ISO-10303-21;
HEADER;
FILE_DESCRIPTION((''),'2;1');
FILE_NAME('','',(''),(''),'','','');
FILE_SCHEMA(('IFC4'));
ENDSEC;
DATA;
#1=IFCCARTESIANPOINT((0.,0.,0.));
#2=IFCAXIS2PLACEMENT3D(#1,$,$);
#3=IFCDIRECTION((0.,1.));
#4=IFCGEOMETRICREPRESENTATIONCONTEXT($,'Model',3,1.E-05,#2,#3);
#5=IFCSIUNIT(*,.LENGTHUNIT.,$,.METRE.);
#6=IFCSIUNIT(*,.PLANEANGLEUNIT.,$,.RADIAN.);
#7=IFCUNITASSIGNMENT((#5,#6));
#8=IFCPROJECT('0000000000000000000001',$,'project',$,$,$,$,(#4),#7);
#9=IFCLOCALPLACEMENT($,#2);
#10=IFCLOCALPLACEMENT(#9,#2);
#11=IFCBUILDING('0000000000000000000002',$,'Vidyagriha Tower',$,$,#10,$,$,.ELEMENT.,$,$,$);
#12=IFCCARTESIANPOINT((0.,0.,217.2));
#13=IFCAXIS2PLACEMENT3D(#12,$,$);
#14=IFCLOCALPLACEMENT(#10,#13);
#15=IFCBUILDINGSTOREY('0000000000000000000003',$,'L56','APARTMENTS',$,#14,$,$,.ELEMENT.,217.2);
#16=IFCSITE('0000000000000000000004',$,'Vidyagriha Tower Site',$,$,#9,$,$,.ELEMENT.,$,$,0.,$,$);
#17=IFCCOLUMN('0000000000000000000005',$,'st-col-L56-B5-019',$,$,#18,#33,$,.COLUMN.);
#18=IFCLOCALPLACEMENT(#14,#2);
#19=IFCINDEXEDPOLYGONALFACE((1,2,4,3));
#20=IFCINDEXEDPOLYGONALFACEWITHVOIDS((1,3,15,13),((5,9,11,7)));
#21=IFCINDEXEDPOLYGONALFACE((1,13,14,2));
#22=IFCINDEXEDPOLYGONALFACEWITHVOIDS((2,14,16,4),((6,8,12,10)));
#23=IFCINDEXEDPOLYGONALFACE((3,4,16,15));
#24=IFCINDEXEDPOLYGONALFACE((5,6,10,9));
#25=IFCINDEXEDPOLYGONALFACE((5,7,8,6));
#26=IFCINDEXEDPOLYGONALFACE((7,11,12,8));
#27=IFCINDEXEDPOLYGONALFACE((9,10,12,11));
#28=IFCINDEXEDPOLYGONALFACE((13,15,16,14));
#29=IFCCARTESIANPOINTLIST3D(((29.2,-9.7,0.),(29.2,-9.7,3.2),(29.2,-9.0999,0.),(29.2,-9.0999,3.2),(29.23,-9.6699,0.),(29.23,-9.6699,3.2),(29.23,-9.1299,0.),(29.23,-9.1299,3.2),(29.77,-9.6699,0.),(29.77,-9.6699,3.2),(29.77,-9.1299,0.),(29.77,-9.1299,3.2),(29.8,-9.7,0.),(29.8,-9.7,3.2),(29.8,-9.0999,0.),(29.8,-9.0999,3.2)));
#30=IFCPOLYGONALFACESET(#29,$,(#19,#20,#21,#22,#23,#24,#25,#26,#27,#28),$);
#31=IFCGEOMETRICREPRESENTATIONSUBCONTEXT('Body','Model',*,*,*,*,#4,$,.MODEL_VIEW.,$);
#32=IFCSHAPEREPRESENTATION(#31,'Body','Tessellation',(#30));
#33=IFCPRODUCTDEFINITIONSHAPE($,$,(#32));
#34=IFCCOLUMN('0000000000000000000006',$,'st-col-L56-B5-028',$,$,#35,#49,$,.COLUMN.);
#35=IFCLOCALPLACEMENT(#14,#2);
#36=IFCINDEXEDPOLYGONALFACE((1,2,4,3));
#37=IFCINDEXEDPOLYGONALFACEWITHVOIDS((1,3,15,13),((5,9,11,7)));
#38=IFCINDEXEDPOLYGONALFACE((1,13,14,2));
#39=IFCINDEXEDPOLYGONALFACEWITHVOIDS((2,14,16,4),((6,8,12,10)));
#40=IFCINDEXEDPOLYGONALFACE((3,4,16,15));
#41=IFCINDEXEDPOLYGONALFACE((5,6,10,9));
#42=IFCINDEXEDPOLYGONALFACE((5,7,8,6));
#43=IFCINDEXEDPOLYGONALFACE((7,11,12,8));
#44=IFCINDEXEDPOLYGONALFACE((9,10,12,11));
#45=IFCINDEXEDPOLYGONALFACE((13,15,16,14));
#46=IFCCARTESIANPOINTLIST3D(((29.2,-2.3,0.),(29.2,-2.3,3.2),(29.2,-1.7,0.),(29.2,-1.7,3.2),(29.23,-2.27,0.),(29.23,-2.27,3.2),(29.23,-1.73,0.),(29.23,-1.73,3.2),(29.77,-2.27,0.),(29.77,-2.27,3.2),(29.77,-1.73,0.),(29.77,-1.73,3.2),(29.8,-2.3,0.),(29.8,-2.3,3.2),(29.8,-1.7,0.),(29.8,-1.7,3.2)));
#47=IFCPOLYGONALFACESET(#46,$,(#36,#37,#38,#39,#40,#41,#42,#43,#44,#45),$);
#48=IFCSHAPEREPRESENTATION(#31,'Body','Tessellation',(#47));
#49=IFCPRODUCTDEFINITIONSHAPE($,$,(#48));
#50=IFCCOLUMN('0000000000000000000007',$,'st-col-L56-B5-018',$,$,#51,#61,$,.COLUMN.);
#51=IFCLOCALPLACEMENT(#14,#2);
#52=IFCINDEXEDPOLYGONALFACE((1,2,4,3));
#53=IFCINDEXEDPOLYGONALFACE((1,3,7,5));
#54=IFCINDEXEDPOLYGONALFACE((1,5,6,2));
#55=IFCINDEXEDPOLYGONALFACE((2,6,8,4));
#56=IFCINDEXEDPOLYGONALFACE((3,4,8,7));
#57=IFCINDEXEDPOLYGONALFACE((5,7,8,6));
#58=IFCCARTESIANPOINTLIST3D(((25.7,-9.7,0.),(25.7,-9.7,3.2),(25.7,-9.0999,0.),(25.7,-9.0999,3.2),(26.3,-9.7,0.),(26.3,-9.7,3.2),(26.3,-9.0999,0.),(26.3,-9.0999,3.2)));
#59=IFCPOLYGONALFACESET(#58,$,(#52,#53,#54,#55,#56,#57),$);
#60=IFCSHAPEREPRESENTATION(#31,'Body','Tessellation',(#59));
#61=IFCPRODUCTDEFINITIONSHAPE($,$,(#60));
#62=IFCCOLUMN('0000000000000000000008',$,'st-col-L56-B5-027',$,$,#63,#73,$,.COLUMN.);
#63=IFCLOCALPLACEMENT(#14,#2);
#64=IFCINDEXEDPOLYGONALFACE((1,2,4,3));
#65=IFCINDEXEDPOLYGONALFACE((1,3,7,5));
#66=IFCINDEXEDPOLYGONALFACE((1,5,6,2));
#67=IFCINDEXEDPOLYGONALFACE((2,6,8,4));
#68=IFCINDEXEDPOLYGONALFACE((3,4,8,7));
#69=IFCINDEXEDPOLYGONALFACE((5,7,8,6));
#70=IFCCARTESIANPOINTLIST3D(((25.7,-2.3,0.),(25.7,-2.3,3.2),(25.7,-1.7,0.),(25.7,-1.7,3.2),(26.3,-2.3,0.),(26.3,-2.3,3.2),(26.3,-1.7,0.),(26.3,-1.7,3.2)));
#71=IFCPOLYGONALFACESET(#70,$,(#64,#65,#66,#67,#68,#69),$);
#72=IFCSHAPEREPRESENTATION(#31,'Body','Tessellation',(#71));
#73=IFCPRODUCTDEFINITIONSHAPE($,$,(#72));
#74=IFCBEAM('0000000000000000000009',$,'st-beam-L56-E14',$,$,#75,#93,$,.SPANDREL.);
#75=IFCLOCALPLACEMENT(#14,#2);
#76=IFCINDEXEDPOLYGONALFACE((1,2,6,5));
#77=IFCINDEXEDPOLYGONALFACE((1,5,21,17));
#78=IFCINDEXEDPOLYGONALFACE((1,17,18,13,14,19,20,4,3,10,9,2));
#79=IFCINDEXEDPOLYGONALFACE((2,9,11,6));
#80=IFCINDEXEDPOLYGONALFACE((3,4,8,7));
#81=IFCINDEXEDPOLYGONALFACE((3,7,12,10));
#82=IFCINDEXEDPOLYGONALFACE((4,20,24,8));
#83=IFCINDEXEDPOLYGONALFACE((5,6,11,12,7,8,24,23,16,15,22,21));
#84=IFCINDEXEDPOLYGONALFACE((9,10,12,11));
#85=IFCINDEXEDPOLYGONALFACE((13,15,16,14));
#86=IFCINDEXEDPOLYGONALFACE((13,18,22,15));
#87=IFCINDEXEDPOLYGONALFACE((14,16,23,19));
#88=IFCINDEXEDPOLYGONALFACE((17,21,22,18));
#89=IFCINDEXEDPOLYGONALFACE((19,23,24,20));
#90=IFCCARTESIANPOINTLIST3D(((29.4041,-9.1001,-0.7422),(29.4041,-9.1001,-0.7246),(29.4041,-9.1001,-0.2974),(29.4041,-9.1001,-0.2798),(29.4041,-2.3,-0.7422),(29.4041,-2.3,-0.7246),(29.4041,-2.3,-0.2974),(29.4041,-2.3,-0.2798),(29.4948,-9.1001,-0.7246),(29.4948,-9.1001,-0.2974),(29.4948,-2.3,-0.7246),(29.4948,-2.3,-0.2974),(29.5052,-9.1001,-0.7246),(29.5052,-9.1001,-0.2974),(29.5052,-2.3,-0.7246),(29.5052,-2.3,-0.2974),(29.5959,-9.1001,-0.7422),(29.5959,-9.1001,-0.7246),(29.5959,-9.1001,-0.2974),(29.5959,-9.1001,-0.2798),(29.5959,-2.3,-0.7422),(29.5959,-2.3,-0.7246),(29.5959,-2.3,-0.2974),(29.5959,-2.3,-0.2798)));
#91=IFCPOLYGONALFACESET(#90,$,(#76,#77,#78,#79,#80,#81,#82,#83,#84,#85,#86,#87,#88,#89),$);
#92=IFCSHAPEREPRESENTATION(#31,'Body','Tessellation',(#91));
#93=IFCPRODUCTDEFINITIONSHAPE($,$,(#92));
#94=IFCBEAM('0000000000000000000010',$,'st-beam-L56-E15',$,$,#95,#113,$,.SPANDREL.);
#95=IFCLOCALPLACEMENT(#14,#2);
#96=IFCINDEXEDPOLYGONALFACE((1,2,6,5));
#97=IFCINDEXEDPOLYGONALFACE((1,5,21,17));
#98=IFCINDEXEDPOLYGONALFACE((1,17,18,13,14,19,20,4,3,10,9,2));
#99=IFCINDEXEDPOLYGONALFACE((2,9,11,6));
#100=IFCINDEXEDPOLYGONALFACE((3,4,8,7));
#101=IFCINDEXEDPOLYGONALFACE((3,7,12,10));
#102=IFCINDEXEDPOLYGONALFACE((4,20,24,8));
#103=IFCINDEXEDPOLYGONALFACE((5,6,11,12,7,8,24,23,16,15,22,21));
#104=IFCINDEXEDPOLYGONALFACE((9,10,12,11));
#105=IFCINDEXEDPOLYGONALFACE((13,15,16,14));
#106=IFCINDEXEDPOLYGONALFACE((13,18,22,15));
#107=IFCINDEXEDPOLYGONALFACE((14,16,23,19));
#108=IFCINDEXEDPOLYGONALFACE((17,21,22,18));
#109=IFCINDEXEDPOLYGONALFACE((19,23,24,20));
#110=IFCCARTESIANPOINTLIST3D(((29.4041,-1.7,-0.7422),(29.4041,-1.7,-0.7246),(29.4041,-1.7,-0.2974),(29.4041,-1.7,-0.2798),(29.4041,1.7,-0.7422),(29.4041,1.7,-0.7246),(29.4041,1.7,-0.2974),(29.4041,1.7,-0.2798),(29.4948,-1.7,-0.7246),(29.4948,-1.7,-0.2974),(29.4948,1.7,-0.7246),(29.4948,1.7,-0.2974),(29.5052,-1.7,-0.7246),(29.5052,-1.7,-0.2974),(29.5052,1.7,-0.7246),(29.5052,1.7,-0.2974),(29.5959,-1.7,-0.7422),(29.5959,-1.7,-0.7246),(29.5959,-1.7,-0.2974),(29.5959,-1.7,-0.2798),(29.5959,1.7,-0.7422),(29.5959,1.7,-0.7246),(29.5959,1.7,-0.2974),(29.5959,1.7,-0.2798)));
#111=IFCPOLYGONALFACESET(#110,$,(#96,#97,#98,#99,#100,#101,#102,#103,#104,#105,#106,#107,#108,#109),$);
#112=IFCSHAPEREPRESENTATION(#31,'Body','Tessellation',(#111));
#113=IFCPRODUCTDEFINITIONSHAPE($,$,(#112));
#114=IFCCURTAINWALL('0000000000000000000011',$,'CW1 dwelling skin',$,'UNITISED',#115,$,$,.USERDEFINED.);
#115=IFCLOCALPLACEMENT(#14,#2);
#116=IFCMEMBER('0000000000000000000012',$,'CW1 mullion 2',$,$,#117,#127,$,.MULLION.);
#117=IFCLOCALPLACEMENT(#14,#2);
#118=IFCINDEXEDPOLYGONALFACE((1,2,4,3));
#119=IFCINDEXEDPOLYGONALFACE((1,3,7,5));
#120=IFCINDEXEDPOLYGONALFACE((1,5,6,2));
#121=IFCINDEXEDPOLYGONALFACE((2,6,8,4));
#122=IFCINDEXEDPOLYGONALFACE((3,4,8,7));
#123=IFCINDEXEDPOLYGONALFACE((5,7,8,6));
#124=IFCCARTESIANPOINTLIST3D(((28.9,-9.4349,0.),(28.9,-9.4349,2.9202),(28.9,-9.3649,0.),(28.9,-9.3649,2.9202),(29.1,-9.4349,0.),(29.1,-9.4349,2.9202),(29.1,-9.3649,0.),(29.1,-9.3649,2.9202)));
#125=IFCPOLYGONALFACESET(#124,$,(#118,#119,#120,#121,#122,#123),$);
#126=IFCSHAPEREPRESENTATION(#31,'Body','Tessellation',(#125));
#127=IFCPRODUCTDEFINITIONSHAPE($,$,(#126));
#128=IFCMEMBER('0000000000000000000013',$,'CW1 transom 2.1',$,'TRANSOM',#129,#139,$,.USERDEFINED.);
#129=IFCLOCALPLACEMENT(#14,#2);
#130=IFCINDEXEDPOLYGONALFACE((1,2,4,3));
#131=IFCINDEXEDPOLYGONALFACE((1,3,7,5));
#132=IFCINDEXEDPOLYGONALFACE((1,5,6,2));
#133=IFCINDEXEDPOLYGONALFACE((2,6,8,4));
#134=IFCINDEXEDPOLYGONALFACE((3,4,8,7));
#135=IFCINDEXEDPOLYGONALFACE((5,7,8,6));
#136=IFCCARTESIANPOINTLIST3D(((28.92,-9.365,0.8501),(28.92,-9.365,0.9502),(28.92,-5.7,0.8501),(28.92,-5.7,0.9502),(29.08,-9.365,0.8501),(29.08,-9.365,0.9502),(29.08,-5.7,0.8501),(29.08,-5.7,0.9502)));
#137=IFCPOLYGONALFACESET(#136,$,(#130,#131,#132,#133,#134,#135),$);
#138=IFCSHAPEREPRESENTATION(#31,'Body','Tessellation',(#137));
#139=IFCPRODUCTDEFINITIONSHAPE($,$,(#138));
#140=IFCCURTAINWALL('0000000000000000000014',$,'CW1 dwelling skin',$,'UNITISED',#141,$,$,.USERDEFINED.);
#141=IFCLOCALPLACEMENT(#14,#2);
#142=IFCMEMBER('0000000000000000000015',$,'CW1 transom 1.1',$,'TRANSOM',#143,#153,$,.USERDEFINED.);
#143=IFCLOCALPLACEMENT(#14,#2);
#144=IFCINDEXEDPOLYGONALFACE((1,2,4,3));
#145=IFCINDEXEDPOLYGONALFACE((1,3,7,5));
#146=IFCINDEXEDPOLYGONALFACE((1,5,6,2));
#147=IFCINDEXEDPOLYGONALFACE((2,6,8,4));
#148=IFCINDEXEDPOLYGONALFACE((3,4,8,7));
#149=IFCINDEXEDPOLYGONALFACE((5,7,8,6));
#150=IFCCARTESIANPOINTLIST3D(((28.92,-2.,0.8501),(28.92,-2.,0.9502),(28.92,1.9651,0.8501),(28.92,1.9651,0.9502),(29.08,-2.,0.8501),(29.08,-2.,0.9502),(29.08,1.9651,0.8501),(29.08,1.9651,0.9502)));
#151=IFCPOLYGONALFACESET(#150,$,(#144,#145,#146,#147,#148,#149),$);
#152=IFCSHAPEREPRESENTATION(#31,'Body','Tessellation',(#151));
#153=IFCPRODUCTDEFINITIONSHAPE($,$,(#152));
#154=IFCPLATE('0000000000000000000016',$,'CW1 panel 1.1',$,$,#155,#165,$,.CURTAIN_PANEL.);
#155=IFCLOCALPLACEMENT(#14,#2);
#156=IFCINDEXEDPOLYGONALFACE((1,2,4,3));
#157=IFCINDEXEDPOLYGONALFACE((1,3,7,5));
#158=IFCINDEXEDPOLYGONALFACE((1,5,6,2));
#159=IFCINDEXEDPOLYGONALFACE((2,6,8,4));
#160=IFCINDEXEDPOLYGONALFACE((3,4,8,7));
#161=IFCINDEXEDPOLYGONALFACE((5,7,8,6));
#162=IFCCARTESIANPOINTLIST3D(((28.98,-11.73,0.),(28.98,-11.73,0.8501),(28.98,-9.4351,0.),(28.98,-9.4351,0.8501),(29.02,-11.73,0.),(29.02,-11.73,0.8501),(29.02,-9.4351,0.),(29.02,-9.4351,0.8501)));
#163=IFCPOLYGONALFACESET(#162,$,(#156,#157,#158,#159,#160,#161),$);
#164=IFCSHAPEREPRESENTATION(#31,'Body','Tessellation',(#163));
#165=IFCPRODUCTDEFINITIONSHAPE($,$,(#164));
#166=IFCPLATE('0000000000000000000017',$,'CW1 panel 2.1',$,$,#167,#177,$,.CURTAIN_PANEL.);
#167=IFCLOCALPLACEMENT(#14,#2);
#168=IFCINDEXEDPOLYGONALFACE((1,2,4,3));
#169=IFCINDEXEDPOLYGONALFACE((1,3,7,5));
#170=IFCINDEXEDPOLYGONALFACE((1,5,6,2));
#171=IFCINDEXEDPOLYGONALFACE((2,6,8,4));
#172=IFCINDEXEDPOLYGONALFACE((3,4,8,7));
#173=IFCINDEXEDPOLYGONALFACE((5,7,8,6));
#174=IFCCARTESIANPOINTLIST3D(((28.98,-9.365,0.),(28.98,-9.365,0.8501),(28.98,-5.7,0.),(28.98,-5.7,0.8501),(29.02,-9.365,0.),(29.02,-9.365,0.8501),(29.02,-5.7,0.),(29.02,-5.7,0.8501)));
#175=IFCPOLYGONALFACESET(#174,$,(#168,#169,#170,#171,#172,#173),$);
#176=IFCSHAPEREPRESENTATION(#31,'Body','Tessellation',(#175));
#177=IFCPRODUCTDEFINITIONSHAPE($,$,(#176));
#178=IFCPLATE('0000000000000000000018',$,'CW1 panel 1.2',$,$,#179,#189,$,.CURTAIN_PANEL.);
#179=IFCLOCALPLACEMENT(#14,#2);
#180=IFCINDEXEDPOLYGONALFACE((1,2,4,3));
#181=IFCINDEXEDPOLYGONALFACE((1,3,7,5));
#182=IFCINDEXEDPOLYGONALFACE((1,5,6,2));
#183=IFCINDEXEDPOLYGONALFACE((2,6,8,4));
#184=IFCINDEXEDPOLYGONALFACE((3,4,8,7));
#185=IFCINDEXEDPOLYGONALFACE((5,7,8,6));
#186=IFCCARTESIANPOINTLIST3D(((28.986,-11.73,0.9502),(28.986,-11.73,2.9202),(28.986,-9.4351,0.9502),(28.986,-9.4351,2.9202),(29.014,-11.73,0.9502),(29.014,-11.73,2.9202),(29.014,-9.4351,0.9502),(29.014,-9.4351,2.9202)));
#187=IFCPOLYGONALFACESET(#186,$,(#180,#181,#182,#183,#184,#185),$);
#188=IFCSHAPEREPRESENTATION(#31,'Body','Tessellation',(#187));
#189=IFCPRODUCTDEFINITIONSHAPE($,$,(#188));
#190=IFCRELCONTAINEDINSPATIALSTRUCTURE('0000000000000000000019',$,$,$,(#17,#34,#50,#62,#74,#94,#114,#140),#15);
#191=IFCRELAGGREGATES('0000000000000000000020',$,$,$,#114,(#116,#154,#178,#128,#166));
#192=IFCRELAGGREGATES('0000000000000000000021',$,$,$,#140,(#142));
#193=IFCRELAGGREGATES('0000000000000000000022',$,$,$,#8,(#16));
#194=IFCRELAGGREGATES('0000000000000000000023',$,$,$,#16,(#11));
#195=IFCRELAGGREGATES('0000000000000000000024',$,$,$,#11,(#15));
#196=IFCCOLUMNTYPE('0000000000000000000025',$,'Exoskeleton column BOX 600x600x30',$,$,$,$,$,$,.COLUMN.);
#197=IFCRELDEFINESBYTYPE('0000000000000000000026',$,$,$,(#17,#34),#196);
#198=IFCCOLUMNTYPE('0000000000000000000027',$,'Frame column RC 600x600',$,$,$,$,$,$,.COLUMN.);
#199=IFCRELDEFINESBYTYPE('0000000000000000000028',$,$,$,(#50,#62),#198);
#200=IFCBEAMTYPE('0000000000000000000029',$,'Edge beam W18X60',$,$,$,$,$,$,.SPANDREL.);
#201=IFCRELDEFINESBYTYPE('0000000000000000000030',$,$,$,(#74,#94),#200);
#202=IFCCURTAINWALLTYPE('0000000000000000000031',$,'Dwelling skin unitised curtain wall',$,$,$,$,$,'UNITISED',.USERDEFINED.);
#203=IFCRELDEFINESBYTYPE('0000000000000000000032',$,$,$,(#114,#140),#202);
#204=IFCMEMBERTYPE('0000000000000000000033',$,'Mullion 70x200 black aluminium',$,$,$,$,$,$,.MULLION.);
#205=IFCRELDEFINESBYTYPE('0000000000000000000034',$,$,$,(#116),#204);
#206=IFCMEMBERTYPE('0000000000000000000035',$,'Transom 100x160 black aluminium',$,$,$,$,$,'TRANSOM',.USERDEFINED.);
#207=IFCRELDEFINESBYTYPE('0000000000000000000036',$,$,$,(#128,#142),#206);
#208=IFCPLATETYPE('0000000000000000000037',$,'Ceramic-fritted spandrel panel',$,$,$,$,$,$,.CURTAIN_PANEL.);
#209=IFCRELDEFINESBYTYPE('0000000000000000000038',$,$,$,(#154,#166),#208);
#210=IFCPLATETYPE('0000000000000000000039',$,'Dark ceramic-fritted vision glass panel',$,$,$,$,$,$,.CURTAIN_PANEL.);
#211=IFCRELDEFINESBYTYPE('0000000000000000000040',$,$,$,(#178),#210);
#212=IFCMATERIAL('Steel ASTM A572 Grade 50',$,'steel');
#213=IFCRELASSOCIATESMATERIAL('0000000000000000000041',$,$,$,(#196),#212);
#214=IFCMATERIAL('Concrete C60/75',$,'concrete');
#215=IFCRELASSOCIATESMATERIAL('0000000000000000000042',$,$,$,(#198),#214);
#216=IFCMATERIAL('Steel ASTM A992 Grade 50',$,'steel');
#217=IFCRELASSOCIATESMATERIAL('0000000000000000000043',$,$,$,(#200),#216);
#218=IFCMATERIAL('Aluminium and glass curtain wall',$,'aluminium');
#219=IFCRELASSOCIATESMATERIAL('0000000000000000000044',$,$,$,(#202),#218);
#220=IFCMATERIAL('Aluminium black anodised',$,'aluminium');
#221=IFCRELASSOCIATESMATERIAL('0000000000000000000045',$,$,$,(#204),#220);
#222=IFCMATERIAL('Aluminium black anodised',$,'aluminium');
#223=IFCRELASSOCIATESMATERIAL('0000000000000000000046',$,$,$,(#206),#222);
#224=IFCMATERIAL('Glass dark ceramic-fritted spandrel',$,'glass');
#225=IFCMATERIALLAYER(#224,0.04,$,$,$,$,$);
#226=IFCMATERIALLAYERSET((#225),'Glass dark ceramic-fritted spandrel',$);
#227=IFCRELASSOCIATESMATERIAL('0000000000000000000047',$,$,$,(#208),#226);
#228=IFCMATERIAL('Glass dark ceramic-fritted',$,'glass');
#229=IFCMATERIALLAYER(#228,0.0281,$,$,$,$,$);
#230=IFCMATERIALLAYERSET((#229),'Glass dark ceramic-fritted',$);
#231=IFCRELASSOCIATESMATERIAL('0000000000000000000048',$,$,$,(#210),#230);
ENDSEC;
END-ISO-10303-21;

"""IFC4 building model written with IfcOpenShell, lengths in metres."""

from ifc_helpers import new_model, si_unit, direction, frame, origin, origin_2d, place, context, subcontext, project, spatial, rectangle, hollow_rectangle, i_section, extrude, material, layer, layer_set, material_profile, profile_set, type_object, element, aggregate, save


model = new_model("IFC4")

# Units and contexts
model_context = context("Model", 3, precision=1e-05, world=origin(), true_north=direction((0.0, 1.0)))
body_context = subcontext(model_context, "Body", "Model", "MODEL_VIEW")
ifc_project = project(units=[si_unit("LENGTHUNIT", "METRE"), si_unit("PLANEANGLEUNIT", "RADIAN")], contexts=[model_context])

# Site, building, storey
site_placement = place(None, origin())
site = spatial("IfcSite", under=ifc_project, at=site_placement, Name="Vidyagriha Tower Site", CompositionType="ELEMENT", RefElevation=0.0)
building_placement = place(site_placement, origin())
building = spatial("IfcBuilding", under=site, at=building_placement, Name="Vidyagriha Tower", CompositionType="ELEMENT")
storey_placement = place(building_placement, frame((0.0, 0.0, 217.2)))
storey = spatial("IfcBuildingStorey", under=building, at=storey_placement, Name="L56", Description="APARTMENTS", CompositionType="ELEMENT", Elevation=217.2)

# Columns
ifc_material_1 = material(Name="Steel ASTM A572 Grade 50", Category="steel")
ifc_material_profile_1 = material_profile(ifc_material_1, hollow_rectangle(XDim=0.6001, YDim=0.6001, WallThickness=0.03, at=origin_2d()), Name="BOX 600x600x30")
ifc_profile_set_1 = profile_set([ifc_material_profile_1], Name="Steel ASTM A572 Grade 50")
column_type_1 = type_object("IfcColumnType", Name="Exoskeleton column BOX 600x600x30", PredefinedType="COLUMN", material=ifc_profile_set_1)
for number, where, name in (
    (1, (29.5, -9.3999, 0.0), "st-col-L56-B5-019"),
    (2, (29.5, -2.0, 0.0), "st-col-L56-B5-028"),
):
    element("IfcColumn", number, at=place(storey_placement, frame(where)), inside=storey, type_object=column_type_1, Name=name, PredefinedType="COLUMN", context=body_context, shape_type="SweptSolid", body=[
        extrude(hollow_rectangle(XDim=0.6001, YDim=0.6001, WallThickness=0.03, at=origin_2d()), origin(), (0.0, 0.0, 1.0), 3.2),
    ])
ifc_material_2 = material(Name="Concrete C60/75", Category="concrete")
ifc_material_profile_2 = material_profile(ifc_material_2, rectangle(XDim=0.6001, YDim=0.6001, at=origin_2d()), Name="RC 600x600")
ifc_profile_set_2 = profile_set([ifc_material_profile_2], Name="Concrete C60/75")
column_type_2 = type_object("IfcColumnType", Name="Frame column RC 600x600", PredefinedType="COLUMN", material=ifc_profile_set_2)
for number, where, name in (
    (3, (26.0, -9.3999, 0.0), "st-col-L56-B5-018"),
    (4, (26.0, -2.0, 0.0), "st-col-L56-B5-027"),
):
    element("IfcColumn", number, at=place(storey_placement, frame(where)), inside=storey, type_object=column_type_2, Name=name, PredefinedType="COLUMN", context=body_context, shape_type="SweptSolid", body=[
        extrude(rectangle(XDim=0.6001, YDim=0.6001, at=origin_2d()), origin(), (0.0, 0.0, 1.0), 3.2),
    ])

# Beams
ifc_material_3 = material(Name="Steel ASTM A992 Grade 50", Category="steel")
ifc_material_profile_3 = material_profile(ifc_material_3, i_section(OverallWidth=0.1919, OverallDepth=0.4624, WebThickness=0.0105, FlangeThickness=0.0176, at=origin_2d()), Name="W18X60")
ifc_profile_set_3 = profile_set([ifc_material_profile_3], Name="Steel ASTM A992 Grade 50")
beam_type = type_object("IfcBeamType", Name="Edge beam W18X60", PredefinedType="SPANDREL", material=ifc_profile_set_3)
beam_1_placement = place(storey_placement, frame((29.5, -9.1001, -0.511), z_axis=(0.0, 1.0, 0.0), x_axis=(-1.0, 0.0, 0.0)))
element("IfcBeam", 5, at=beam_1_placement, inside=storey, type_object=beam_type, Name="st-beam-L56-E14", PredefinedType="SPANDREL", context=body_context, shape_type="SweptSolid", body=[
    extrude(i_section(OverallWidth=0.1919, OverallDepth=0.4624, WebThickness=0.0105, FlangeThickness=0.0176, at=origin_2d()), origin(), (0.0, 0.0, 1.0), 6.8),
])
beam_2_placement = place(storey_placement, frame((29.5, -1.7, -0.511), z_axis=(0.0, 1.0, 0.0), x_axis=(-1.0, 0.0, 0.0)))
element("IfcBeam", 6, at=beam_2_placement, inside=storey, type_object=beam_type, Name="st-beam-L56-E15", PredefinedType="SPANDREL", context=body_context, shape_type="SweptSolid", body=[
    extrude(i_section(OverallWidth=0.1919, OverallDepth=0.4624, WebThickness=0.0105, FlangeThickness=0.0176, at=origin_2d()), origin(), (0.0, 0.0, 1.0), 3.3999),
])

# Curtain wall, members
ifc_material_4 = material(Name="Aluminium and glass curtain wall", Category="aluminium")
curtain_wall_type = type_object("IfcCurtainWallType", Name="Dwelling skin unitised curtain wall", ElementType="UNITISED", PredefinedType="USERDEFINED", material=ifc_material_4)
curtain_wall_1_placement = place(storey_placement, origin())
curtain_wall_1 = element("IfcCurtainWall", 7, at=curtain_wall_1_placement, inside=storey, type_object=curtain_wall_type, Name="CW1 dwelling skin", ObjectType="UNITISED", PredefinedType="USERDEFINED")
ifc_material_5 = material(Name="Aluminium black anodised", Category="aluminium")
ifc_material_profile_4 = material_profile(ifc_material_5, rectangle(XDim=0.2, YDim=0.0701, at=origin_2d()), Name="Mullion 70x200 black aluminium")
ifc_profile_set_4 = profile_set([ifc_material_profile_4], Name="Aluminium black anodised")
member_type_1 = type_object("IfcMemberType", Name="Mullion 70x200 black aluminium", PredefinedType="MULLION", material=ifc_profile_set_4)
member_1_placement = place(storey_placement, frame((29.0, -9.3999, 0.0), z_axis=(0.0, 0.0, 1.0), x_axis=(-1.0, 0.0, 0.0)))
member_1 = element("IfcMember", 8, at=member_1_placement, type_object=member_type_1, Name="CW1 mullion 2", PredefinedType="MULLION", context=body_context, shape_type="SweptSolid", body=[
    extrude(rectangle(XDim=0.2, YDim=0.0701, at=origin_2d()), origin(), (0.0, 0.0, 1.0), 2.9202),
])
ifc_material_6 = material(Name="Aluminium black anodised", Category="aluminium")
ifc_material_profile_5 = material_profile(ifc_material_6, rectangle(XDim=0.1599, YDim=0.1001, at=origin_2d()), Name="Transom 100x160 black aluminium")
ifc_profile_set_5 = profile_set([ifc_material_profile_5], Name="Aluminium black anodised")
member_type_2 = type_object("IfcMemberType", Name="Transom 100x160 black aluminium", ElementType="TRANSOM", PredefinedType="USERDEFINED", material=ifc_profile_set_5)
member_2_placement = place(storey_placement, frame((29.0, -9.365, 0.9001), z_axis=(0.0, 1.0, 0.0), x_axis=(-1.0, 0.0, 0.0)))
member_2 = element("IfcMember", 9, at=member_2_placement, type_object=member_type_2, Name="CW1 transom 2.1", ObjectType="TRANSOM", PredefinedType="USERDEFINED", context=body_context, shape_type="SweptSolid", body=[
    extrude(rectangle(XDim=0.1599, YDim=0.1001, at=origin_2d()), origin(), (0.0, 0.0, 1.0), 3.665),
])

# Curtain wall, member
curtain_wall_2_placement = place(storey_placement, origin())
curtain_wall_2 = element("IfcCurtainWall", 10, at=curtain_wall_2_placement, inside=storey, type_object=curtain_wall_type, Name="CW1 dwelling skin", ObjectType="UNITISED", PredefinedType="USERDEFINED")
member_3_placement = place(storey_placement, frame((29.0, -2.0, 0.9001), z_axis=(0.0, 1.0, 0.0), x_axis=(-1.0, 0.0, 0.0)))
member_3 = element("IfcMember", 11, at=member_3_placement, type_object=member_type_2, Name="CW1 transom 1.1", ObjectType="TRANSOM", PredefinedType="USERDEFINED", context=body_context, shape_type="SweptSolid", body=[
    extrude(rectangle(XDim=0.1599, YDim=0.1001, at=origin_2d()), origin(), (0.0, 0.0, 1.0), 3.9651),
])

# Plates
ifc_material_7 = material(Name="Glass dark ceramic-fritted spandrel", Category="glass")
ifc_layer_1 = layer(ifc_material_7, 0.04)
ifc_layer_set_1 = layer_set([ifc_layer_1], Name="Glass dark ceramic-fritted spandrel")
plate_type_1 = type_object("IfcPlateType", Name="Ceramic-fritted spandrel panel", PredefinedType="CURTAIN_PANEL", material=ifc_layer_set_1)
plate_1_placement = place(storey_placement, frame((29.0, -10.5825, 0.0), z_axis=(0.0, 0.0, 1.0), x_axis=(0.0, 1.0, 0.0)))
plate_1 = element("IfcPlate", 12, at=plate_1_placement, type_object=plate_type_1, Name="CW1 panel 1.1", PredefinedType="CURTAIN_PANEL", context=body_context, shape_type="SweptSolid", body=[
    extrude(rectangle(XDim=2.2949, YDim=0.04, at=origin_2d()), origin(), (0.0, 0.0, 1.0), 0.8501),
])
plate_2_placement = place(storey_placement, frame((29.0, -7.5325, 0.0), z_axis=(0.0, 0.0, 1.0), x_axis=(0.0, 1.0, 0.0)))
plate_2 = element("IfcPlate", 13, at=plate_2_placement, type_object=plate_type_1, Name="CW1 panel 2.1", PredefinedType="CURTAIN_PANEL", context=body_context, shape_type="SweptSolid", body=[
    extrude(rectangle(XDim=3.665, YDim=0.04, at=origin_2d()), origin(), (0.0, 0.0, 1.0), 0.8501),
])
ifc_material_8 = material(Name="Glass dark ceramic-fritted", Category="glass")
ifc_layer_2 = layer(ifc_material_8, 0.0281)
ifc_layer_set_2 = layer_set([ifc_layer_2], Name="Glass dark ceramic-fritted")
plate_type_2 = type_object("IfcPlateType", Name="Dark ceramic-fritted vision glass panel", PredefinedType="CURTAIN_PANEL", material=ifc_layer_set_2)
plate_3_placement = place(storey_placement, frame((29.0, -10.5825, 0.9502), z_axis=(0.0, 0.0, 1.0), x_axis=(0.0, 1.0, 0.0)))
plate_3 = element("IfcPlate", 14, at=plate_3_placement, type_object=plate_type_2, Name="CW1 panel 1.2", PredefinedType="CURTAIN_PANEL", context=body_context, shape_type="SweptSolid", body=[
    extrude(rectangle(XDim=2.2949, YDim=0.0281, at=origin_2d()), origin(), (0.0, 0.0, 1.0), 1.97),
])
aggregate(curtain_wall_1, [member_1, plate_1, plate_3, member_2, plate_2])
aggregate(curtain_wall_2, [member_3])

save(model, "model.ifc")
